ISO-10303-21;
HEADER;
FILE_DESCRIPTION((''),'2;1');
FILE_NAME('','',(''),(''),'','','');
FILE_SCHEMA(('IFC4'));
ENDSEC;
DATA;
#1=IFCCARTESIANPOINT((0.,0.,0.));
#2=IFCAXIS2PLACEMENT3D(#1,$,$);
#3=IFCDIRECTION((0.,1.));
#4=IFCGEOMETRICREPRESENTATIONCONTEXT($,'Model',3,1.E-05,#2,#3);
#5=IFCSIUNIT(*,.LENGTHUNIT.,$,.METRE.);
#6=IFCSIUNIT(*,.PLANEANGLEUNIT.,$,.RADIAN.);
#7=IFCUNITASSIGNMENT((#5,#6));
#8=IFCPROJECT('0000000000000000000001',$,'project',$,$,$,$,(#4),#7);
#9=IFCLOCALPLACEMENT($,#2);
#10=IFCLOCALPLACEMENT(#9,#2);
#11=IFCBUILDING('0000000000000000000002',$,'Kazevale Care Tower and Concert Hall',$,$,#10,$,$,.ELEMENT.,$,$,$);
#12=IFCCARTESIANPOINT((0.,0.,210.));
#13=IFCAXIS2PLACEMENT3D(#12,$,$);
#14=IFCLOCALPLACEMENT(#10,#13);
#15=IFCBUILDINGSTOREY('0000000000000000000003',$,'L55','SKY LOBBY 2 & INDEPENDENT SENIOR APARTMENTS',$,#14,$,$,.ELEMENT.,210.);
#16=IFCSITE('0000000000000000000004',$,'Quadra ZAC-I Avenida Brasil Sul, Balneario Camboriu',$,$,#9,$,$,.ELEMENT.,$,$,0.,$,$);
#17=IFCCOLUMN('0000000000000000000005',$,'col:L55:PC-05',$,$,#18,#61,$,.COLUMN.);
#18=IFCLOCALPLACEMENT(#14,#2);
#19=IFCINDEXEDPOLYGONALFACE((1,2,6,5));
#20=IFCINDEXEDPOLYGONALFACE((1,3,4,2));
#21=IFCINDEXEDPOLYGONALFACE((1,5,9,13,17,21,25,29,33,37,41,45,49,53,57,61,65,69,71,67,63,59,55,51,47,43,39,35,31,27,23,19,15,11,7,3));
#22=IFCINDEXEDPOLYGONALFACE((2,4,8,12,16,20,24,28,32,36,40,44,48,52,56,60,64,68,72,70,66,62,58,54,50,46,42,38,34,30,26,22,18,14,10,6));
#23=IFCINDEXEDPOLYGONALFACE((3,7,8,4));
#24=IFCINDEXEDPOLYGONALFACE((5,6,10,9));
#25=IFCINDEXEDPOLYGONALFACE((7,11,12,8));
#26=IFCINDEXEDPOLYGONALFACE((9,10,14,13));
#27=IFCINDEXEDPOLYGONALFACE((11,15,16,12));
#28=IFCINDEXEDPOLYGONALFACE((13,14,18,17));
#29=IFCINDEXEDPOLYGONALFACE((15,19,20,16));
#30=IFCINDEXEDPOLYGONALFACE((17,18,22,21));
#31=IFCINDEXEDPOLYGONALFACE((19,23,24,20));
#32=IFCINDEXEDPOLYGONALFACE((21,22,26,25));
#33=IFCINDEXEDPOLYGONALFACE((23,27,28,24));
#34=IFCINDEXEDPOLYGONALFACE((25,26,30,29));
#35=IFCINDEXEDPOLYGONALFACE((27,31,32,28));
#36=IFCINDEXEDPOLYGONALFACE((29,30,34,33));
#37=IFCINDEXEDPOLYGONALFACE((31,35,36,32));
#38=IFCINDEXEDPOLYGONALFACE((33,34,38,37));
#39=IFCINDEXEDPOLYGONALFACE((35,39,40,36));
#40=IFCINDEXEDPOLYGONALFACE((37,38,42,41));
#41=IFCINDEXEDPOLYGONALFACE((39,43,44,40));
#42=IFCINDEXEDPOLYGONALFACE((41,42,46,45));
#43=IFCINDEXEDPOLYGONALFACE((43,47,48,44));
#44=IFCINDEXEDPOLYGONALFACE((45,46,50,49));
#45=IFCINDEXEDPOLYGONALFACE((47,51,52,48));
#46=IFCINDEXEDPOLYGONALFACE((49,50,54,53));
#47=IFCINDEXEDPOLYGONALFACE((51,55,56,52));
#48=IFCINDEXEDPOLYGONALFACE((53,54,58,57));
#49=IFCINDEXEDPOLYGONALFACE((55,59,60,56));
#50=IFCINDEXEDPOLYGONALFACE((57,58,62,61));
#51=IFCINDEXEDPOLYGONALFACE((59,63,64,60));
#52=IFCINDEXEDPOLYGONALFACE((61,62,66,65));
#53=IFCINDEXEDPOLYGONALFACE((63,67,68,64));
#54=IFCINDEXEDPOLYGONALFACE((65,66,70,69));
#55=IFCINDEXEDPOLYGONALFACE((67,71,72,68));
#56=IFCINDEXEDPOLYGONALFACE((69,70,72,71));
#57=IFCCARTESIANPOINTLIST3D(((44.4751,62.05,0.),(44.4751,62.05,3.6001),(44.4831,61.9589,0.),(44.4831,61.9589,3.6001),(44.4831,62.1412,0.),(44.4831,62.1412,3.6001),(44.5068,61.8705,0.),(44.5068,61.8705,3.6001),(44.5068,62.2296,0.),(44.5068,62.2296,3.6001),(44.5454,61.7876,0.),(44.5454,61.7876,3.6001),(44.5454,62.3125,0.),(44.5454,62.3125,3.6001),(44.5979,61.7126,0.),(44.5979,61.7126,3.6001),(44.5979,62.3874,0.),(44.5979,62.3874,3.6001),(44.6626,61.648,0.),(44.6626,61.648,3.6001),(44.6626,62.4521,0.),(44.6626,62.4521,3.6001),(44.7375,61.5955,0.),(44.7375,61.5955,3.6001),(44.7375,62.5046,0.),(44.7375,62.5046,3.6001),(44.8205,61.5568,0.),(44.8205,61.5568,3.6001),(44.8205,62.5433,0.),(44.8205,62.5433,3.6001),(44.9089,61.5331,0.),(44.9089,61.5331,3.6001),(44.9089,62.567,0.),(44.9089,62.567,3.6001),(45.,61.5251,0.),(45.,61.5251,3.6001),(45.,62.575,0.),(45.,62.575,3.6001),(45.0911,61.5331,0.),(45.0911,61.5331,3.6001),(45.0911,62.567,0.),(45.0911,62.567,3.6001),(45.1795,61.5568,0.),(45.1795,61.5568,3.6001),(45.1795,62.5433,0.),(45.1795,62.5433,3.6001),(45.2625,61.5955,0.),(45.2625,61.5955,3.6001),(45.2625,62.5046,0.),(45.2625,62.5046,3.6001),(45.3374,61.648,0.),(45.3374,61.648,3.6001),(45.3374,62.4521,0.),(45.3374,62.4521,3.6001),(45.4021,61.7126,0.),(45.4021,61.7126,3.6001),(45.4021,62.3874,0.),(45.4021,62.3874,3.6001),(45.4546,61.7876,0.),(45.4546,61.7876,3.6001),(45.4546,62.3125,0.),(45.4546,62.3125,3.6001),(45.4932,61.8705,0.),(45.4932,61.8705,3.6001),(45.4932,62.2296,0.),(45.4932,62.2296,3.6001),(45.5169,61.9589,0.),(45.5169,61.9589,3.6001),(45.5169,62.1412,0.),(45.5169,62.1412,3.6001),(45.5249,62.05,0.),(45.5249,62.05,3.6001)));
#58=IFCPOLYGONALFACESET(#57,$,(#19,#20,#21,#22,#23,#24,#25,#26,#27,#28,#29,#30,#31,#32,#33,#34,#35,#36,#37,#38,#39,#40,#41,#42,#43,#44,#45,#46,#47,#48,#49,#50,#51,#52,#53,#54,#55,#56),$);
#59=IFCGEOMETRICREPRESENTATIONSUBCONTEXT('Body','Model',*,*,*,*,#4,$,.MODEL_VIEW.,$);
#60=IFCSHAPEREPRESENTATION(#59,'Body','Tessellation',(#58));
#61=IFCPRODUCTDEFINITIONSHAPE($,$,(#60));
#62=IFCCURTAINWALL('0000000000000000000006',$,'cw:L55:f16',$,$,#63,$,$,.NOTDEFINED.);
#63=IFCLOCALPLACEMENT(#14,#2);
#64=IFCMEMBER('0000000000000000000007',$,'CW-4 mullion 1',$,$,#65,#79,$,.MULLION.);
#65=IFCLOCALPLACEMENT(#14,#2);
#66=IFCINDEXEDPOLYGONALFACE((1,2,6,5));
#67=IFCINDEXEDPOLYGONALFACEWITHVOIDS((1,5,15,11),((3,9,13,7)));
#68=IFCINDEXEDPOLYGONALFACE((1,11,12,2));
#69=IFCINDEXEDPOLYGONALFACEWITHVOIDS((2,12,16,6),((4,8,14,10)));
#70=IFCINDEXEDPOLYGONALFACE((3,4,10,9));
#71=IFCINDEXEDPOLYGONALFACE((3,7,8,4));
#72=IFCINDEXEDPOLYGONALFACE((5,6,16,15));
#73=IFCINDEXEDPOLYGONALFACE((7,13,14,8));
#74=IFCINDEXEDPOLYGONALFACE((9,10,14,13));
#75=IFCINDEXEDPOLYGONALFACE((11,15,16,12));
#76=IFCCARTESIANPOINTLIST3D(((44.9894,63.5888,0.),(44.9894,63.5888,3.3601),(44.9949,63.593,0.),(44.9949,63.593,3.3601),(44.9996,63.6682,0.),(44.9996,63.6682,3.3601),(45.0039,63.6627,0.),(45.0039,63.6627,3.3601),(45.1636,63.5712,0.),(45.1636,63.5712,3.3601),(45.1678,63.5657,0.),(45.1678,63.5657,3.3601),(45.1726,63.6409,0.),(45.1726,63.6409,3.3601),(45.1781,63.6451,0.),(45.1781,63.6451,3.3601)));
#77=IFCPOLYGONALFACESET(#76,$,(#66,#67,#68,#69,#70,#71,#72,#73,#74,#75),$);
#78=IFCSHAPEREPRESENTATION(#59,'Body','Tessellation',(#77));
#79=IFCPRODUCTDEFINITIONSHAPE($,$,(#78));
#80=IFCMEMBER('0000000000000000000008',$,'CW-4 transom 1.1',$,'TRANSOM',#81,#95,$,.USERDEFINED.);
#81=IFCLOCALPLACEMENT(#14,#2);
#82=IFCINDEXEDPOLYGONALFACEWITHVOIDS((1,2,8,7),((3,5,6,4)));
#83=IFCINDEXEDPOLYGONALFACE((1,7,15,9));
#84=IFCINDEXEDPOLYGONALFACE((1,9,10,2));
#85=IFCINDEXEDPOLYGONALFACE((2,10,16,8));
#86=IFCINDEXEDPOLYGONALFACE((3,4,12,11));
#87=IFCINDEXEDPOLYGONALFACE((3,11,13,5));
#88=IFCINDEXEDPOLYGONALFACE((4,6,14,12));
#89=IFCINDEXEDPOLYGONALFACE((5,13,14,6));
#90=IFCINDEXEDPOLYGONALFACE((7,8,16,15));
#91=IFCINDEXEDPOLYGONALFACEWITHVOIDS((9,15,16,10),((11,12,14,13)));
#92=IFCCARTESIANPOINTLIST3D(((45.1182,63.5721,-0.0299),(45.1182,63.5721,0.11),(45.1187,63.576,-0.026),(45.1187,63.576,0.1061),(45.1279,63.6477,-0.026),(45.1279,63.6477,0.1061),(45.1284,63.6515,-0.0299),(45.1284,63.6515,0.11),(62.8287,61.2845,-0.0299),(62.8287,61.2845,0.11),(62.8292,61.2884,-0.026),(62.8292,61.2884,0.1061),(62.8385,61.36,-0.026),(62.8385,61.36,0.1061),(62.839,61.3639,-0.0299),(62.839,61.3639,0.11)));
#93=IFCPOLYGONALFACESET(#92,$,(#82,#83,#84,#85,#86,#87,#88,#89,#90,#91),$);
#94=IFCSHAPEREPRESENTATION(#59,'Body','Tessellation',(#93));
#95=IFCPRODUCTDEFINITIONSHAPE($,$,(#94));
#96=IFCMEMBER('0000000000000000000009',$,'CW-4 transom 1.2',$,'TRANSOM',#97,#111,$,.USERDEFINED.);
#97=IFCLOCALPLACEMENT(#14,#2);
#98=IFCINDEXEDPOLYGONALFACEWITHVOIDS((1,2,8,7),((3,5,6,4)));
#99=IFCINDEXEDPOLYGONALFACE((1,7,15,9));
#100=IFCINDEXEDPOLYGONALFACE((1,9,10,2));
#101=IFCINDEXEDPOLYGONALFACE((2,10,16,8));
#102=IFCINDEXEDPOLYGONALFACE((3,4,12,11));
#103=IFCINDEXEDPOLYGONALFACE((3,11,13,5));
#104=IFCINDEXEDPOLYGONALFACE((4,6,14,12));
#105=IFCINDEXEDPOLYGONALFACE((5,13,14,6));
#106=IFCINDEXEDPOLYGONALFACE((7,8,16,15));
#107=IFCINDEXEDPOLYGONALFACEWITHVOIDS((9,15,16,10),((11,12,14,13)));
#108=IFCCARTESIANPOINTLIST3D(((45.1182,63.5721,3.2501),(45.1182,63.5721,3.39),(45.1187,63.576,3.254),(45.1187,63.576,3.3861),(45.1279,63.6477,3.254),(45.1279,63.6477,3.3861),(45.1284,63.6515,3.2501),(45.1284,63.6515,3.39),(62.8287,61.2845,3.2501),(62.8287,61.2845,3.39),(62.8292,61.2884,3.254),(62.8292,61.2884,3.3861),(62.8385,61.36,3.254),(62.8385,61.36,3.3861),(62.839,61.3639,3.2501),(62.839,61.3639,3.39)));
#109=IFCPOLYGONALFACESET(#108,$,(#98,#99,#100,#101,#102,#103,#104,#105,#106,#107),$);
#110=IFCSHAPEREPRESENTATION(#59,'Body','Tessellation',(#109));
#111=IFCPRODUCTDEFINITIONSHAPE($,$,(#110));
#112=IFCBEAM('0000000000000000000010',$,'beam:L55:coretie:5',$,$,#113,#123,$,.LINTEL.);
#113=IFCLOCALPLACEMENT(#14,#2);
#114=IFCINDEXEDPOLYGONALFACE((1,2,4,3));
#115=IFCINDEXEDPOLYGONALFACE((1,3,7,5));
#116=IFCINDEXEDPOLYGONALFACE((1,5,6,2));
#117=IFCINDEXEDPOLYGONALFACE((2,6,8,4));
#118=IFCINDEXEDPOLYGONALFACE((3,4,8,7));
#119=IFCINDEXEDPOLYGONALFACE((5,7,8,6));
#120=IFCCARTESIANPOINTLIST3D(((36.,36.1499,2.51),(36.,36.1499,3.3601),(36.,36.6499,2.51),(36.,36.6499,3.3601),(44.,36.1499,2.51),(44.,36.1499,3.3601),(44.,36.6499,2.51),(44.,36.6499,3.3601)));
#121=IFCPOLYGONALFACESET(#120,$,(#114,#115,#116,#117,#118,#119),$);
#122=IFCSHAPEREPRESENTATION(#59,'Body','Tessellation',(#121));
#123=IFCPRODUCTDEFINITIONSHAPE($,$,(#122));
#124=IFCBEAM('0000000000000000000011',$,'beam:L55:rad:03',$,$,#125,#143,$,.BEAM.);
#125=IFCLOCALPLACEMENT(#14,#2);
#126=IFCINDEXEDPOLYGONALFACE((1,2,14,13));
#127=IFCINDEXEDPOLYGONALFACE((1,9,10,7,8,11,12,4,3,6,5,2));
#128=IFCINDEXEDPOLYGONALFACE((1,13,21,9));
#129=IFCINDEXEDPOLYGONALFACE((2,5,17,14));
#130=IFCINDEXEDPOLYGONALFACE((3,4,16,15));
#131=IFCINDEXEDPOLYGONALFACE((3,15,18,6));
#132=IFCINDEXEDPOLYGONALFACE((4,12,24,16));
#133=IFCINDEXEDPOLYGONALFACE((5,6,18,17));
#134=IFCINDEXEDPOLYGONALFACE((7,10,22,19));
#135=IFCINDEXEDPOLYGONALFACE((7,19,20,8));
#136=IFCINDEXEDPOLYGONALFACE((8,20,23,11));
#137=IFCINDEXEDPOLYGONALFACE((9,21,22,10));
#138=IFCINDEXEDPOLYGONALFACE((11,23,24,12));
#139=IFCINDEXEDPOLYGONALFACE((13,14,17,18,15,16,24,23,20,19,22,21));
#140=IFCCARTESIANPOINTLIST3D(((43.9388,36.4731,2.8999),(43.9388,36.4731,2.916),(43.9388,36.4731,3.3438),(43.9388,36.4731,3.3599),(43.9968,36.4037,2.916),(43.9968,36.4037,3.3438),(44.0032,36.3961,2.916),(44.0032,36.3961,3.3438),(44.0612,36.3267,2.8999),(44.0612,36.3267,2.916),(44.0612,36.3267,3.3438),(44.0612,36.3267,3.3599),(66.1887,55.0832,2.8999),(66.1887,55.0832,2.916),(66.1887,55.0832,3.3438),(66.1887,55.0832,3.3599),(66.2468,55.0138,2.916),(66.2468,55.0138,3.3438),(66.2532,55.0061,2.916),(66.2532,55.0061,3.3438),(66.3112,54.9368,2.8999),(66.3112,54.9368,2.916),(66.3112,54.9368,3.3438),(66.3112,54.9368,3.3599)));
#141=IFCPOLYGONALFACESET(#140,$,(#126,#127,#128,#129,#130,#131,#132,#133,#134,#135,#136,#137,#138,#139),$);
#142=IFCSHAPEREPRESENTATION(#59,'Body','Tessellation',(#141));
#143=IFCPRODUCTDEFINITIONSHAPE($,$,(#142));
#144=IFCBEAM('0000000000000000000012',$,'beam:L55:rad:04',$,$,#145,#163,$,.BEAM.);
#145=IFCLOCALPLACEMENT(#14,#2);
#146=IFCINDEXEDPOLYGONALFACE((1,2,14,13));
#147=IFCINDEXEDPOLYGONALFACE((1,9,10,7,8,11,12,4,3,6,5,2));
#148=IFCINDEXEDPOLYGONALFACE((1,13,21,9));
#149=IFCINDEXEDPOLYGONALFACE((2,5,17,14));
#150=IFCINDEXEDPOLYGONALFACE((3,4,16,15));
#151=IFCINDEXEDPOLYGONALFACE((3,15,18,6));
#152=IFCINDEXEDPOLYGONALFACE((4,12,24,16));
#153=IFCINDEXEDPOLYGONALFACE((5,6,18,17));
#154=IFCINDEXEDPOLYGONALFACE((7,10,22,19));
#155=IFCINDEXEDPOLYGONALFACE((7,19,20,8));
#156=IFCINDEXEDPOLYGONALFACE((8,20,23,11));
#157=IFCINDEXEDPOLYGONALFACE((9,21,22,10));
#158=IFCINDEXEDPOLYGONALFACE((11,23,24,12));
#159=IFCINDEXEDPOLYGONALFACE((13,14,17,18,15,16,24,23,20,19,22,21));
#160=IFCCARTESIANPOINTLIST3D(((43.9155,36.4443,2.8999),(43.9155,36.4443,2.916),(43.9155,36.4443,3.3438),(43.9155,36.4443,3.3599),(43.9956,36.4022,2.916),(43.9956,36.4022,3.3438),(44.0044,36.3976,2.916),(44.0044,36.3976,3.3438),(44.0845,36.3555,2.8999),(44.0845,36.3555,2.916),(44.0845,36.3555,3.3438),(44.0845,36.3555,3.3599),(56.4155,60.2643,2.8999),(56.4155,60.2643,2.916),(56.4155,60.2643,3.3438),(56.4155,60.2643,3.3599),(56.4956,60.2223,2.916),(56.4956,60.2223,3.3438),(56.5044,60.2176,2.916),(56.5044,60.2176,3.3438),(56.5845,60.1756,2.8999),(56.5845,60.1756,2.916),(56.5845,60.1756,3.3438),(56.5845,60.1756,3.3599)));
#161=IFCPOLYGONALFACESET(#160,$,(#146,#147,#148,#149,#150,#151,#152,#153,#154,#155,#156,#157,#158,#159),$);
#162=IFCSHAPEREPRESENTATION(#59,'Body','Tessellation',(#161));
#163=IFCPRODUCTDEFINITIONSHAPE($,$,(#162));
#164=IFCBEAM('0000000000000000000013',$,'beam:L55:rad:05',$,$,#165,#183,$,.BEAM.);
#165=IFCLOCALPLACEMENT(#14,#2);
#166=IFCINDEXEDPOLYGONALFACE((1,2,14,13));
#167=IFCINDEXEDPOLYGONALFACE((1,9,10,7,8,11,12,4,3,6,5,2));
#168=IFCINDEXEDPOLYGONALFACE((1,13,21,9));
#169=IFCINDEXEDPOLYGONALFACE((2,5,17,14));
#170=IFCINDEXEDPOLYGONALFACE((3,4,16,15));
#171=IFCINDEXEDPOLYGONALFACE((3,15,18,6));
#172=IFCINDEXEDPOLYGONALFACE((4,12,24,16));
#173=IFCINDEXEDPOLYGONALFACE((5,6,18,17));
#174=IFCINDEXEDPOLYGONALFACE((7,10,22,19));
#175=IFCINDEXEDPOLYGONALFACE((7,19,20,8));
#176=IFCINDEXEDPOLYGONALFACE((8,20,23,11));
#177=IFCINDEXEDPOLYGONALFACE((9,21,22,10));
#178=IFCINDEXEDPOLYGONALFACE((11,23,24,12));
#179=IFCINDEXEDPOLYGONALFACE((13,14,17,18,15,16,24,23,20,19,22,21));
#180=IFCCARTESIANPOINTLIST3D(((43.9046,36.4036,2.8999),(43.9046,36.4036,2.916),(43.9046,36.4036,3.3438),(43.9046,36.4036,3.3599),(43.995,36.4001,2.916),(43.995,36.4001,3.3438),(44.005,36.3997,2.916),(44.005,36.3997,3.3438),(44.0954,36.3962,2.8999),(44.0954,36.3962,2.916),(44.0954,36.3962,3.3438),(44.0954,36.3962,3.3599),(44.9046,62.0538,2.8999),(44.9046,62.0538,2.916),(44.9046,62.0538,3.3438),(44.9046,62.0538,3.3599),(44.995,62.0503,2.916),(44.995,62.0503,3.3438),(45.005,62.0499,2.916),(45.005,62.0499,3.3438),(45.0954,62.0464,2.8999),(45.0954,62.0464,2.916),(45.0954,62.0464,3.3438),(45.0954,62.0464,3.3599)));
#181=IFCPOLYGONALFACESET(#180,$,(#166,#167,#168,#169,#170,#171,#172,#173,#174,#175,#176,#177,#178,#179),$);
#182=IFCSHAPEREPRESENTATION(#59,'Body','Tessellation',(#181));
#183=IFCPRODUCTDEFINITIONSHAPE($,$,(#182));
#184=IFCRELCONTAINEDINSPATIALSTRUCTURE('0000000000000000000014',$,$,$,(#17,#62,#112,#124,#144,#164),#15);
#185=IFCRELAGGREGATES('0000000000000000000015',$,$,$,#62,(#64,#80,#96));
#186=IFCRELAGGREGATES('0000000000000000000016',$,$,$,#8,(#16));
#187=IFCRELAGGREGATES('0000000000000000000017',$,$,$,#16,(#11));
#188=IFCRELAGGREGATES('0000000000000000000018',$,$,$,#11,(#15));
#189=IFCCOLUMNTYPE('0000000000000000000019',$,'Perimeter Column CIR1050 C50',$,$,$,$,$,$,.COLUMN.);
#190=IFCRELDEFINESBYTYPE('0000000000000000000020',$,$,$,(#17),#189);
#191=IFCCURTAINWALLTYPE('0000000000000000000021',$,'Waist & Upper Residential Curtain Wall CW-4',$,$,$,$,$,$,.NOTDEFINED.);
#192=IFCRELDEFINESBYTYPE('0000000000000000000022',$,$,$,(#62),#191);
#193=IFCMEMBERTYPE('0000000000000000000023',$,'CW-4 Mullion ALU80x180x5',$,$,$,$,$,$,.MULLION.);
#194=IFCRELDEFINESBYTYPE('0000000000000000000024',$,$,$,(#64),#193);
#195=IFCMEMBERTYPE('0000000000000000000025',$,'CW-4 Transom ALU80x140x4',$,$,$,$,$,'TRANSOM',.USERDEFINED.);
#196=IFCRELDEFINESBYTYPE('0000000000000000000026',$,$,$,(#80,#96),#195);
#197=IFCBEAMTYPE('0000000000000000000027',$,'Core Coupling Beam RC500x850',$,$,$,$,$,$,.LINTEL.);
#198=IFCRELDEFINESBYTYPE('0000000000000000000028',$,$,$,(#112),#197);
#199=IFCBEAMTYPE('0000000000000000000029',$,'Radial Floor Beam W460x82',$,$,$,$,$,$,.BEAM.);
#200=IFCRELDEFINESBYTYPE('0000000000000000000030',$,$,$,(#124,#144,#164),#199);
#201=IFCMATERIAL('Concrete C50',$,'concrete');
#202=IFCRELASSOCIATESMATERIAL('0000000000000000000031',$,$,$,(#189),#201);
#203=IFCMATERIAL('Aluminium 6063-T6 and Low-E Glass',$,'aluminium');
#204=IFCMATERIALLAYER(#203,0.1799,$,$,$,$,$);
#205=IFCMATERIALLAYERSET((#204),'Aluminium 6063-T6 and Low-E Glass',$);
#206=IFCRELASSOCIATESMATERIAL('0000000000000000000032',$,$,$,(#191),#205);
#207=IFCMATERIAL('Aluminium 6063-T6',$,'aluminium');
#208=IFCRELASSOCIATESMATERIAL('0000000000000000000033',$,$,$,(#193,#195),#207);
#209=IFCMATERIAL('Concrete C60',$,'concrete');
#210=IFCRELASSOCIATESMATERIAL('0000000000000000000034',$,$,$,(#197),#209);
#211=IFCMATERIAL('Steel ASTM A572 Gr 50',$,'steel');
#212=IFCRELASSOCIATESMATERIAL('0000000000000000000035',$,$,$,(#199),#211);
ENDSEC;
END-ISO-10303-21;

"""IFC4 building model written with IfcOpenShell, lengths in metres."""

from ifc_helpers import new_model, si_unit, direction, frame, origin, origin_2d, place, context, subcontext, project, spatial, rectangle, hollow_rectangle, circle, i_section, extrude, material, layer, layer_set, material_profile, profile_set, type_object, element, aggregate, save


model = new_model("IFC4")

# Units and contexts
model_context = context("Model", 3, precision=1e-05, world=origin(), true_north=direction((0.0, 1.0)))
body_context = subcontext(model_context, "Body", "Model", "MODEL_VIEW")
ifc_project = project(units=[si_unit("LENGTHUNIT", "METRE"), si_unit("PLANEANGLEUNIT", "RADIAN")], contexts=[model_context])

# Site, building, storey
site_placement = place(None, origin())
site = spatial("IfcSite", under=ifc_project, at=site_placement, Name="Quadra ZAC-I Avenida Brasil Sul, Balneario Camboriu", CompositionType="ELEMENT", RefElevation=0.0)
building_placement = place(site_placement, origin())
building = spatial("IfcBuilding", under=site, at=building_placement, Name="Kazevale Care Tower and Concert Hall", CompositionType="ELEMENT")
storey_placement = place(building_placement, frame((0.0, 0.0, 210.0)))
storey = spatial("IfcBuildingStorey", under=building, at=storey_placement, Name="L55", Description="SKY LOBBY 2 & INDEPENDENT SENIOR APARTMENTS", CompositionType="ELEMENT", Elevation=210.0)

# Column
ifc_material_1 = material(Name="Concrete C50", Category="concrete")
ifc_material_profile_1 = material_profile(ifc_material_1, circle(Radius=0.5249, at=origin_2d()), Name="RC-CIR1050")
ifc_profile_set_1 = profile_set([ifc_material_profile_1], Name="Concrete C50")
column_type = type_object("IfcColumnType", Name="Perimeter Column CIR1050 C50", PredefinedType="COLUMN", material=ifc_profile_set_1)
column_placement = place(storey_placement, frame((45.0, 62.05, 0.0), z_axis=(0.0, 0.0, 1.0), x_axis=(1.0, 0.0, 0.0)))
element("IfcColumn", 1, at=column_placement, inside=storey, type_object=column_type, Name="col:L55:PC-05", PredefinedType="COLUMN", context=body_context, shape_type="SweptSolid", body=[
    extrude(circle(Radius=0.5249, at=origin_2d()), origin(), (0.0, 0.0, 1.0), 3.6001),
])

# Curtain wall, members
ifc_material_2 = material(Name="Aluminium 6063-T6 and Low-E Glass", Category="aluminium")
ifc_layer_1 = layer(ifc_material_2, 0.1799)
ifc_layer_set_1 = layer_set([ifc_layer_1], Name="Aluminium 6063-T6 and Low-E Glass")
curtain_wall_type = type_object("IfcCurtainWallType", Name="Waist & Upper Residential Curtain Wall CW-4", PredefinedType="NOTDEFINED", material=ifc_layer_set_1)
curtain_wall_placement = place(storey_placement, origin())
curtain_wall = element("IfcCurtainWall", 2, at=curtain_wall_placement, inside=storey, type_object=curtain_wall_type, Name="cw:L55:f16", PredefinedType="NOTDEFINED")
ifc_material_3 = material(Name="Aluminium 6063-T6", Category="aluminium")
ifc_material_profile_2 = material_profile(ifc_material_3, hollow_rectangle(XDim=0.0801, YDim=0.1799, WallThickness=0.0049, at=origin_2d()), Name="ALU80x180x5")
ifc_profile_set_2 = profile_set([ifc_material_profile_2], Name="Aluminium 6063-T6")
member_type_1 = type_object("IfcMemberType", Name="CW-4 Mullion ALU80x180x5", PredefinedType="MULLION", material=ifc_profile_set_2)
member_1_placement = place(storey_placement, frame((45.0837, 63.6169, 0.0), z_axis=(0.0, 0.0, 1.0), x_axis=(0.128098, 0.991761, 0.0)))
member_1 = element("IfcMember", 3, at=member_1_placement, type_object=member_type_1, Name="CW-4 mullion 1", PredefinedType="MULLION", context=body_context, shape_type="SweptSolid", body=[
    extrude(hollow_rectangle(XDim=0.0801, YDim=0.1799, WallThickness=0.0049, at=origin_2d()), origin(), (0.0, 0.0, 1.0), 3.3601),
])
ifc_material_profile_3 = material_profile(ifc_material_3, hollow_rectangle(XDim=0.0801, YDim=0.1399, WallThickness=0.0039, at=origin_2d()), Name="ALU80x140x4")
ifc_profile_set_3 = profile_set([ifc_material_profile_3], Name="Aluminium 6063-T6")
member_type_2 = type_object("IfcMemberType", Name="CW-4 Transom ALU80x140x4", ElementType="TRANSOM", PredefinedType="USERDEFINED", material=ifc_profile_set_3)
member_2_placement = place(storey_placement, frame((45.1233, 63.6118, 0.04), z_axis=(0.991761, -0.128102, 0.0), x_axis=(0.128102, 0.991761, 0.0)))
member_2 = element("IfcMember", 4, at=member_2_placement, type_object=member_type_2, Name="CW-4 transom 1.1", ObjectType="TRANSOM", PredefinedType="USERDEFINED", context=body_context, shape_type="SweptSolid", body=[
    extrude(hollow_rectangle(XDim=0.0801, YDim=0.1399, WallThickness=0.0039, at=origin_2d()), origin(), (0.0, 0.0, 1.0), 17.8577),
])
member_3_placement = place(storey_placement, frame((45.1233, 63.6118, 3.3201), z_axis=(0.991761, -0.128102, 0.0), x_axis=(0.128102, 0.991761, 0.0)))
member_3 = element("IfcMember", 5, at=member_3_placement, type_object=member_type_2, Name="CW-4 transom 1.2", ObjectType="TRANSOM", PredefinedType="USERDEFINED", context=body_context, shape_type="SweptSolid", body=[
    extrude(hollow_rectangle(XDim=0.0801, YDim=0.1399, WallThickness=0.0039, at=origin_2d()), origin(), (0.0, 0.0, 1.0), 17.8577),
])
aggregate(curtain_wall, [member_1, member_2, member_3])

# Beams
ifc_material_4 = material(Name="Concrete C60", Category="concrete")
ifc_material_profile_4 = material_profile(ifc_material_4, rectangle(XDim=0.5, YDim=0.8501, at=origin_2d()), Name="RC-B500x850")
ifc_profile_set_4 = profile_set([ifc_material_profile_4], Name="Concrete C60")
beam_type_1 = type_object("IfcBeamType", Name="Core Coupling Beam RC500x850", PredefinedType="LINTEL", material=ifc_profile_set_4)
beam_1_placement = place(storey_placement, frame((44.0, 36.3999, 2.9351), z_axis=(-1.0, 0.0, 0.0), x_axis=(0.0, -1.0, 0.0)))
element("IfcBeam", 6, at=beam_1_placement, inside=storey, type_object=beam_type_1, Name="beam:L55:coretie:5", PredefinedType="LINTEL", context=body_context, shape_type="SweptSolid", body=[
    extrude(rectangle(XDim=0.5, YDim=0.8501, at=origin_2d()), origin(), (0.0, 0.0, 1.0), 8.0),
])
ifc_material_5 = material(Name="Steel ASTM A572 Gr 50", Category="steel")
ifc_material_profile_5 = material_profile(ifc_material_5, i_section(OverallWidth=0.1909, OverallDepth=0.46, WebThickness=0.01, FlangeThickness=0.0161, at=origin_2d()), Name="W460x82")
ifc_profile_set_5 = profile_set([ifc_material_profile_5], Name="Steel ASTM A572 Gr 50")
beam_type_2 = type_object("IfcBeamType", Name="Radial Floor Beam W460x82", PredefinedType="BEAM", material=ifc_profile_set_5)
beam_2_placement = place(storey_placement, frame((44.0, 36.3999, 3.1299), z_axis=(0.76706, 0.641576, 0.0), x_axis=(-0.641576, 0.76706, 0.0)))
element("IfcBeam", 7, at=beam_2_placement, inside=storey, type_object=beam_type_2, Name="beam:L55:rad:03", PredefinedType="BEAM", context=body_context, shape_type="SweptSolid", body=[
    extrude(i_section(OverallWidth=0.1909, OverallDepth=0.46, WebThickness=0.01, FlangeThickness=0.0161, at=origin_2d()), origin(), (0.0, 0.0, 1.0), 29.0068),
])
beam_3_placement = place(storey_placement, frame((44.0, 36.3999, 3.1299), z_axis=(0.464673, 0.885483, 0.0), x_axis=(-0.885483, 0.464673, 0.0)))
element("IfcBeam", 8, at=beam_3_placement, inside=storey, type_object=beam_type_2, Name="beam:L55:rad:04", PredefinedType="BEAM", context=body_context, shape_type="SweptSolid", body=[
    extrude(i_section(OverallWidth=0.1909, OverallDepth=0.46, WebThickness=0.01, FlangeThickness=0.0161, at=origin_2d()), origin(), (0.0, 0.0, 1.0), 26.9006),
])
beam_4_placement = place(storey_placement, frame((44.0, 36.3999, 3.1299), z_axis=(0.038957, 0.999241, 0.0), x_axis=(-0.999241, 0.038957, 0.0)))
element("IfcBeam", 9, at=beam_4_placement, inside=storey, type_object=beam_type_2, Name="beam:L55:rad:05", PredefinedType="BEAM", context=body_context, shape_type="SweptSolid", body=[
    extrude(i_section(OverallWidth=0.1909, OverallDepth=0.46, WebThickness=0.01, FlangeThickness=0.0161, at=origin_2d()), origin(), (0.0, 0.0, 1.0), 25.6697),
])

save(model, "model.ifc")
